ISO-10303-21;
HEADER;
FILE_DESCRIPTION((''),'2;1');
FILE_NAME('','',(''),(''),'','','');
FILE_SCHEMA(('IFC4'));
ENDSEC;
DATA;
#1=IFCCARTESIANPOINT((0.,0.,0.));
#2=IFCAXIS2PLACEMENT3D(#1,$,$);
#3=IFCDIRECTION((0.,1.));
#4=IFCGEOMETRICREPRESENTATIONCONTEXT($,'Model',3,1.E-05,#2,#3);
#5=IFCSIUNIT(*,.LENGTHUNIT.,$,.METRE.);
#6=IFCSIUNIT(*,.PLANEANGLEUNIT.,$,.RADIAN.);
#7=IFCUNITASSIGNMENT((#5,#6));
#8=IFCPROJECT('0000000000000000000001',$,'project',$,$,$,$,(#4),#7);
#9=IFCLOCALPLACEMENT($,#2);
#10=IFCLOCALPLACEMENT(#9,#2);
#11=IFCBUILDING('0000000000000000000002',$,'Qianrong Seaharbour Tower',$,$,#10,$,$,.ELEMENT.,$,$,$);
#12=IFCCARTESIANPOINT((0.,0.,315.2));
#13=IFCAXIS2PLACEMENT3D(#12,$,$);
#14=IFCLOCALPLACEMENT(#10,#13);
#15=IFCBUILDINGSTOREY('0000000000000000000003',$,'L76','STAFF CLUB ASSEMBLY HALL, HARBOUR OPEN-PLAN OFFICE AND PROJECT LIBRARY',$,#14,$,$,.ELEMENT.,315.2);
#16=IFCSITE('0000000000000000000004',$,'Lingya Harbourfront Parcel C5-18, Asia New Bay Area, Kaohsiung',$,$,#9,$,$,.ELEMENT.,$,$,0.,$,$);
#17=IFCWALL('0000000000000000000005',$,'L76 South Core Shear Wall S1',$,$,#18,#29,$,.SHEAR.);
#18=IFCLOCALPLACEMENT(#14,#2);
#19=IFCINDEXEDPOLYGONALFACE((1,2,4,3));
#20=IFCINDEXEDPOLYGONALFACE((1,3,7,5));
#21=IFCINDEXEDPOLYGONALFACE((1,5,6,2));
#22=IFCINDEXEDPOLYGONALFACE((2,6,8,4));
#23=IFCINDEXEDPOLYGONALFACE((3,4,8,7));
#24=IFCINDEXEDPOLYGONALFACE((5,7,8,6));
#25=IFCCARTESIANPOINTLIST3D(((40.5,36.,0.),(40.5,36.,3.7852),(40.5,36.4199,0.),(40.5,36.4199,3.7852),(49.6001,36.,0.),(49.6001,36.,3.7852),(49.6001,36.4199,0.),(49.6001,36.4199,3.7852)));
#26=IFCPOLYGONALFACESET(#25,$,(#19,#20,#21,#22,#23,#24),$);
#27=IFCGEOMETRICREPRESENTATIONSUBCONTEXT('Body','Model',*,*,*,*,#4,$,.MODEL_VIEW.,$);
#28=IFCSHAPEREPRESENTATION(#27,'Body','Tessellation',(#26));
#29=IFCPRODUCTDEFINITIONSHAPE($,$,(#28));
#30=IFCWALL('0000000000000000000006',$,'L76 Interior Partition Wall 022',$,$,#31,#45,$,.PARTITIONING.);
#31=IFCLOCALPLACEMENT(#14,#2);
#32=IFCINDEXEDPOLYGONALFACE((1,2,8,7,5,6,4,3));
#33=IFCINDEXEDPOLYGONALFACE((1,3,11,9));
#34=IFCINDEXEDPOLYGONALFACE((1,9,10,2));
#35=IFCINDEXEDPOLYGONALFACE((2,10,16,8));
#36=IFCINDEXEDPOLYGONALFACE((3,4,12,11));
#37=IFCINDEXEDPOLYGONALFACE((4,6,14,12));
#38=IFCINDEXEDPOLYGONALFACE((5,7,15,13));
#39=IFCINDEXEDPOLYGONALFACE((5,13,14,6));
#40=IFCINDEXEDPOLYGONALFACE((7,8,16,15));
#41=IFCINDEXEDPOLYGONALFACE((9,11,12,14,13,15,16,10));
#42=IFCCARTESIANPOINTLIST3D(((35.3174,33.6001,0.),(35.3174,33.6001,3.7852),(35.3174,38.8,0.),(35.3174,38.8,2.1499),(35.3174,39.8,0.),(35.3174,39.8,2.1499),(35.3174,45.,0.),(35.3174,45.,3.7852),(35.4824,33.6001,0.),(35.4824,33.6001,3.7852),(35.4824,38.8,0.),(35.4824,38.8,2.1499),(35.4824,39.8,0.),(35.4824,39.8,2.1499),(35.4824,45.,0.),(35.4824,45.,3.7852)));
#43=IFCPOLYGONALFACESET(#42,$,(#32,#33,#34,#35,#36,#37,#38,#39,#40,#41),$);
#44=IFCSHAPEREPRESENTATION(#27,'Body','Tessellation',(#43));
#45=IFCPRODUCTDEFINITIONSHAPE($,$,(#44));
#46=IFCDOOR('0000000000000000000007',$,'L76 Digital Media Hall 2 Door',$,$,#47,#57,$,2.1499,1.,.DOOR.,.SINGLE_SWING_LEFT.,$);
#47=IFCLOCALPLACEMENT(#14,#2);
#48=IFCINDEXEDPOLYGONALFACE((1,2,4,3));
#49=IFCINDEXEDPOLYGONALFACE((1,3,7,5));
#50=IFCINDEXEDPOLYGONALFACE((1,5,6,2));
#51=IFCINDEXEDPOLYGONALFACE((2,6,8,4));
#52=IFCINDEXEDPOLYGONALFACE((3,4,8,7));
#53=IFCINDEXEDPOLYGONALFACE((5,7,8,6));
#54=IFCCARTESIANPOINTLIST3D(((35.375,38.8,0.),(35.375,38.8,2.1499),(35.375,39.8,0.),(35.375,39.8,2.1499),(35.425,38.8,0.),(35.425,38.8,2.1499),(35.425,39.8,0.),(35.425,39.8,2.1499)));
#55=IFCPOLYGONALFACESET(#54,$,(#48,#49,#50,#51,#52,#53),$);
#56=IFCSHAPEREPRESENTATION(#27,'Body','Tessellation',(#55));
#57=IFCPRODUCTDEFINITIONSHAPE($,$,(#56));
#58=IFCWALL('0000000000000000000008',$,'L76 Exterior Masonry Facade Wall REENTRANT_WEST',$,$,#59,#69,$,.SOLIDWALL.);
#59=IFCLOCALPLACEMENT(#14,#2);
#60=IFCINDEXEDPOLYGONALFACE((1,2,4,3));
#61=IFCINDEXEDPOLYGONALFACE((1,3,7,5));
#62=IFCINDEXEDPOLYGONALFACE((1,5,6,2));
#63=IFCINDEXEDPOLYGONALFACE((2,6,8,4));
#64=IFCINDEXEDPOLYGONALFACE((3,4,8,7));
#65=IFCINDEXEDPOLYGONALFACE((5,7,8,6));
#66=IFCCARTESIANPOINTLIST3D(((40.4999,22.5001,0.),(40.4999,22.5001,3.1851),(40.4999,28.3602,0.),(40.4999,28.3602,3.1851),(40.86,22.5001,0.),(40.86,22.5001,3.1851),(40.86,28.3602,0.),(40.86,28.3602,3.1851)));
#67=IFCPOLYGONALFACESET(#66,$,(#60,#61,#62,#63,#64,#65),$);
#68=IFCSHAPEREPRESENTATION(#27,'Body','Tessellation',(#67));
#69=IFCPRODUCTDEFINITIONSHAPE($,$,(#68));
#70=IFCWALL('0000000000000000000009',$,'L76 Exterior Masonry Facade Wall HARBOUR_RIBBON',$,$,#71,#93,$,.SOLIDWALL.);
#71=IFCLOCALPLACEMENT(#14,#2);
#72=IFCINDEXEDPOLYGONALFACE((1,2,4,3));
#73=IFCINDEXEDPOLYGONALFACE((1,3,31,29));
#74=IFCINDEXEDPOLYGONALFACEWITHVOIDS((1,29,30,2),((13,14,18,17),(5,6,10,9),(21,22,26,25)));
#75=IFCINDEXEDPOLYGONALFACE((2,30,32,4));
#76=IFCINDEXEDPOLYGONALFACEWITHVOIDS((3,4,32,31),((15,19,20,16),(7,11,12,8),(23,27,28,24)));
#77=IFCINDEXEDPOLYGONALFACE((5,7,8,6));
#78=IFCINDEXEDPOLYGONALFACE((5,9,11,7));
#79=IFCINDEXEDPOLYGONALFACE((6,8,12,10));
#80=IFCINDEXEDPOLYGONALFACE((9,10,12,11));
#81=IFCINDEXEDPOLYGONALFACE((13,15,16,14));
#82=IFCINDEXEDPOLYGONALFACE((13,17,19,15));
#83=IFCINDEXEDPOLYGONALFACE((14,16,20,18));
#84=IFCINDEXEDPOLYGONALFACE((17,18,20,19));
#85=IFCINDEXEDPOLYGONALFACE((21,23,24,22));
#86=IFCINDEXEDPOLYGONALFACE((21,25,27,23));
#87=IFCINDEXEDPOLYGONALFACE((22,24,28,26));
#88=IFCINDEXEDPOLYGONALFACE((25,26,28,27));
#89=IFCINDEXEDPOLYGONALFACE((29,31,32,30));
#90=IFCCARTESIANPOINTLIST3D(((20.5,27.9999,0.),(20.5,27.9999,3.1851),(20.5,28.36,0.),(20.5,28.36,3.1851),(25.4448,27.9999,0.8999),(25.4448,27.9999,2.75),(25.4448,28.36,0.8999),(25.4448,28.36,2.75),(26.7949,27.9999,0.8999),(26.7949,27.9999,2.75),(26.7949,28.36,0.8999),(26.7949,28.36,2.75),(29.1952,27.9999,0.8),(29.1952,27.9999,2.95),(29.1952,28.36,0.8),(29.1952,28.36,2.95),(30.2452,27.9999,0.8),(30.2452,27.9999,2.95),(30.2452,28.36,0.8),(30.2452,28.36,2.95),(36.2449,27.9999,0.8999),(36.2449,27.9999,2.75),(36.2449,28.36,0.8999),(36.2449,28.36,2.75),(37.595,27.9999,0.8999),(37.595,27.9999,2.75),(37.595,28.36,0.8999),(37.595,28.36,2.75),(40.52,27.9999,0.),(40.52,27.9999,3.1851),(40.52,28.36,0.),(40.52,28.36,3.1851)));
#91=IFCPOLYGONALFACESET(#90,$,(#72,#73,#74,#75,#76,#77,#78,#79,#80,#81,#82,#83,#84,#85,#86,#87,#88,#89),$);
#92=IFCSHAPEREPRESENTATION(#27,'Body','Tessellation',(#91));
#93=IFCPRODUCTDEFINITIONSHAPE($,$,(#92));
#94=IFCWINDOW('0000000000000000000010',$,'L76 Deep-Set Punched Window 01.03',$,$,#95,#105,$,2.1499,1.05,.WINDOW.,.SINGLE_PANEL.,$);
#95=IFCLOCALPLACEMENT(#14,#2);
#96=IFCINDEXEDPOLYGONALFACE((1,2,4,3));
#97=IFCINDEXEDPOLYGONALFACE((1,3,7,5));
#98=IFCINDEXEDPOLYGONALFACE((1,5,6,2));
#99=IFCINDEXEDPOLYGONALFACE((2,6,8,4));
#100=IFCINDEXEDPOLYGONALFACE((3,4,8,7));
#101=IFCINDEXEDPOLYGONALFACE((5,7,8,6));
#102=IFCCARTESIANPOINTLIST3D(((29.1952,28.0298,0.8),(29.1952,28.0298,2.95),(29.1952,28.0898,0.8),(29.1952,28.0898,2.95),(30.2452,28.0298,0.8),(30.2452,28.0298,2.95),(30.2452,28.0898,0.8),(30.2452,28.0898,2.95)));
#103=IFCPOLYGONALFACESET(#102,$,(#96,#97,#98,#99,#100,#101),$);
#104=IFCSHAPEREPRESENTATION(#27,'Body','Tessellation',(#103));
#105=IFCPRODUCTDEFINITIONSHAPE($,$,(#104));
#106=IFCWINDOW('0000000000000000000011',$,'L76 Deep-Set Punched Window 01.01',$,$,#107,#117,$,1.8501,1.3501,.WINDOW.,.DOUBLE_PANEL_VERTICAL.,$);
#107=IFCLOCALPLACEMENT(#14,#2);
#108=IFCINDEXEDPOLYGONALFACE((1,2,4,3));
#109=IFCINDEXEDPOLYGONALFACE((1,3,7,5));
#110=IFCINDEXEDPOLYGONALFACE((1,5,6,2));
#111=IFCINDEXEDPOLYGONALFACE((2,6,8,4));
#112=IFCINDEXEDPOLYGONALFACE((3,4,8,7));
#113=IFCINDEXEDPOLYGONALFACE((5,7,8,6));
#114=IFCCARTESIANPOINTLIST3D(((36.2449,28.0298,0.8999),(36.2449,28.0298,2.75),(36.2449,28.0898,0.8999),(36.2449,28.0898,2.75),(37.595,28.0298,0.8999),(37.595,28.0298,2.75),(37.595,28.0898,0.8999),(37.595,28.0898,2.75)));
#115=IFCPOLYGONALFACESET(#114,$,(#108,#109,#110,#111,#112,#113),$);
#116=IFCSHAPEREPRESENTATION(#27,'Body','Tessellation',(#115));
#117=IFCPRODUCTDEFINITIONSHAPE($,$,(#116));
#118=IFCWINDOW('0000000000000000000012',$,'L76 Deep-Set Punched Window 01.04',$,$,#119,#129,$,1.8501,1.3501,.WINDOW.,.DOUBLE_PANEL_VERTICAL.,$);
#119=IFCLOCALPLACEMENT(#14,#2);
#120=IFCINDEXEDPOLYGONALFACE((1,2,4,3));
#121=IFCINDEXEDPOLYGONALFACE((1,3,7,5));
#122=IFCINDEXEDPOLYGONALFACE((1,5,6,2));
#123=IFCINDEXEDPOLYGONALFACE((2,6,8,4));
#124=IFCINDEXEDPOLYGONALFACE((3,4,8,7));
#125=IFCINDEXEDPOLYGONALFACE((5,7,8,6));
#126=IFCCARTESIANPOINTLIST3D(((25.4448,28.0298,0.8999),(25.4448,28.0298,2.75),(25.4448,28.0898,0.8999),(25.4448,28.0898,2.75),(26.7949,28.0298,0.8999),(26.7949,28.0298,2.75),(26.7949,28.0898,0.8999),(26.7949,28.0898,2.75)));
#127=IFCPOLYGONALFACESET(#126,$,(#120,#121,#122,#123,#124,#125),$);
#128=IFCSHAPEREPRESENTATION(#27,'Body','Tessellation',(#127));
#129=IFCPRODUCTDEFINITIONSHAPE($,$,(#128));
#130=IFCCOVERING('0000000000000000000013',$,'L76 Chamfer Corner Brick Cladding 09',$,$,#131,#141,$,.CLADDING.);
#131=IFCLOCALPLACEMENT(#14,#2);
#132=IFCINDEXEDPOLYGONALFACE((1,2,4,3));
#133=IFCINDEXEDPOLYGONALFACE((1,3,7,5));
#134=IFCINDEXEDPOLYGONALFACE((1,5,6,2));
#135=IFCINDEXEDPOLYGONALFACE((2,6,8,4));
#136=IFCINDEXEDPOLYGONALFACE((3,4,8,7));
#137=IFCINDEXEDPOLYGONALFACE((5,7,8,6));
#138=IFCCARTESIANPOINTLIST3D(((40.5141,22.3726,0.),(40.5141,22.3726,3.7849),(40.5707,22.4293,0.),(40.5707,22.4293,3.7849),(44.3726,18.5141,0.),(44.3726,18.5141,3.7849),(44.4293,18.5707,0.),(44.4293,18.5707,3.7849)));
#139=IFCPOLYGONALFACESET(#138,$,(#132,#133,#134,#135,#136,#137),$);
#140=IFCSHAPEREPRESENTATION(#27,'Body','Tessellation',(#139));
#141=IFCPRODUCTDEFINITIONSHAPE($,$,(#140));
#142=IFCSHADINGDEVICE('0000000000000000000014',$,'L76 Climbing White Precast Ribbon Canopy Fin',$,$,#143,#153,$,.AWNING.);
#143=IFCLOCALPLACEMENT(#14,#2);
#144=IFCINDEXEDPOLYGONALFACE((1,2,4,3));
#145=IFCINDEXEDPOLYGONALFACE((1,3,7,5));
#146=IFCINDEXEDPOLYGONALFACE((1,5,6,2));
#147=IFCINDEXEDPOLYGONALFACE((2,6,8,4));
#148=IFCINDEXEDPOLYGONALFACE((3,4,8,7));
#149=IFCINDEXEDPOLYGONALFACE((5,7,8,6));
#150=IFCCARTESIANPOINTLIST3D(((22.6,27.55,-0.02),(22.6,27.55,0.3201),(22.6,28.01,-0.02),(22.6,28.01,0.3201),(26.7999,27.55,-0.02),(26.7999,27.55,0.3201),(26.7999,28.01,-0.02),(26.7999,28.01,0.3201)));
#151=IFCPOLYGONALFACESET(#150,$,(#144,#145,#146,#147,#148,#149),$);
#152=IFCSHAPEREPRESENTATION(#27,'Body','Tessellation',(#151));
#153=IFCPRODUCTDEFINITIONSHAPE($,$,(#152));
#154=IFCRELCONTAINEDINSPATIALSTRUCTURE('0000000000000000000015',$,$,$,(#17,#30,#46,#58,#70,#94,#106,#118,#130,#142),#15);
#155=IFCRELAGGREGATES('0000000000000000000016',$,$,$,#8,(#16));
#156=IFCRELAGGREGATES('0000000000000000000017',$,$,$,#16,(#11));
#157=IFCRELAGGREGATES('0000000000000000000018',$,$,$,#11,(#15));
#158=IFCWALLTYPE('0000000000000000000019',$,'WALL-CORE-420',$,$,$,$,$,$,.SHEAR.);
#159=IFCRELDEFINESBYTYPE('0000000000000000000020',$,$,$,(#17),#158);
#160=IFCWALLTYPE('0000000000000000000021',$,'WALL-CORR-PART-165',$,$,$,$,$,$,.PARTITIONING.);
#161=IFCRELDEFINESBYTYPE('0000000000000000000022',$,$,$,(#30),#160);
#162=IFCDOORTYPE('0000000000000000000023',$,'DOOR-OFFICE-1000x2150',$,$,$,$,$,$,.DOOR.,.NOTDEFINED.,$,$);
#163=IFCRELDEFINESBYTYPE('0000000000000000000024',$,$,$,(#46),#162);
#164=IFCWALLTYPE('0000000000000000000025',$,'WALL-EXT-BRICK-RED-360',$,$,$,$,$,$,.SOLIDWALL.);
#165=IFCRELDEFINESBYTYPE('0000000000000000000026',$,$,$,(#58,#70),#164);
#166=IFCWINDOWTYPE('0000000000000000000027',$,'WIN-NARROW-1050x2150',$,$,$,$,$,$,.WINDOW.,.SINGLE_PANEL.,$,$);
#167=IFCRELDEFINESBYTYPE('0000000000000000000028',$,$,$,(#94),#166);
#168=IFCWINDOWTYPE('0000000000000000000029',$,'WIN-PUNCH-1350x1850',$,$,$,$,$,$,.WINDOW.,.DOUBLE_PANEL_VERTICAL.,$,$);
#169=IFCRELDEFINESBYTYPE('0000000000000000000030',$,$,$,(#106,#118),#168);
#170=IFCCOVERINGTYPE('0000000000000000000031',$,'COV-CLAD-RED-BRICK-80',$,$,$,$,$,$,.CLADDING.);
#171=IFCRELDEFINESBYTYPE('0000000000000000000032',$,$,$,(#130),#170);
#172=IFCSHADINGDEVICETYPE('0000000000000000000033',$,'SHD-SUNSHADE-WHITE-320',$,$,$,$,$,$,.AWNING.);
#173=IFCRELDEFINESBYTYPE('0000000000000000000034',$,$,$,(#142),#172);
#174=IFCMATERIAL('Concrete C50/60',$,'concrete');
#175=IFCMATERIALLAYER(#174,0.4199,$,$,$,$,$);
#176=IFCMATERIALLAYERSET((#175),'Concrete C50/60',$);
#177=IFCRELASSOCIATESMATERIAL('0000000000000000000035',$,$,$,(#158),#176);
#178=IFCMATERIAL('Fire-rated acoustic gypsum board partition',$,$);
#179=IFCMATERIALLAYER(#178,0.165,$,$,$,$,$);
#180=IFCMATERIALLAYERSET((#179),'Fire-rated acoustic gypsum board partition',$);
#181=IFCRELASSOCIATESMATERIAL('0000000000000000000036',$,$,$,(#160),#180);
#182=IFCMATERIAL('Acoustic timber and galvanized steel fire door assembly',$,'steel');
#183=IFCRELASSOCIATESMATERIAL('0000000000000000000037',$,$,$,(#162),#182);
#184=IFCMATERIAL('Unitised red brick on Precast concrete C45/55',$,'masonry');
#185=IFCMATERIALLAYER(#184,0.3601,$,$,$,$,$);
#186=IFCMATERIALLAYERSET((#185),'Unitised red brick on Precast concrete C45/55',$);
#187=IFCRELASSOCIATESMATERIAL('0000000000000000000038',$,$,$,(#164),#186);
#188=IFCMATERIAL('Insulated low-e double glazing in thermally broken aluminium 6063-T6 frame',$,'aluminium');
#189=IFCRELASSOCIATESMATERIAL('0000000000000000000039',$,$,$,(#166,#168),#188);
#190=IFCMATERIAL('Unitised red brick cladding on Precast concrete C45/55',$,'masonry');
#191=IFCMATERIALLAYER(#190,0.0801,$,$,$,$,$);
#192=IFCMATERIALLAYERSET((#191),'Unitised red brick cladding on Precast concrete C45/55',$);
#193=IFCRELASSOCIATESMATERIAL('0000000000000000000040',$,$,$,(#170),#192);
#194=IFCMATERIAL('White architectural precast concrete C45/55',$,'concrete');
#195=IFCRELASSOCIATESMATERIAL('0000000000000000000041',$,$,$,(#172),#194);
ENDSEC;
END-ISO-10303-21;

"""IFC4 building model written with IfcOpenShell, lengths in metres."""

from ifc_helpers import new_model, si_unit, direction, frame, frame_2d, origin, origin_2d, place, context, subcontext, project, spatial, rectangle, extrude, material, layer, layer_set, type_object, element, fill, save


model = new_model("IFC4")

# Units and contexts
model_context = context("Model", 3, precision=1e-05, world=origin(), true_north=direction((0.0, 1.0)))
body_context = subcontext(model_context, "Body", "Model", "MODEL_VIEW")
ifc_project = project(units=[si_unit("LENGTHUNIT", "METRE"), si_unit("PLANEANGLEUNIT", "RADIAN")], contexts=[model_context])

# Site, building, storey
site_placement = place(None, origin())
site = spatial("IfcSite", under=ifc_project, at=site_placement, Name="Lingya Harbourfront Parcel C5-18, Asia New Bay Area, Kaohsiung", CompositionType="ELEMENT", RefElevation=0.0)
building_placement = place(site_placement, origin())
building = spatial("IfcBuilding", under=site, at=building_placement, Name="Qianrong Seaharbour Tower", CompositionType="ELEMENT")
storey_placement = place(building_placement, frame((0.0, 0.0, 315.2)))
storey = spatial("IfcBuildingStorey", under=building, at=storey_placement, Name="L76", Description="STAFF CLUB ASSEMBLY HALL, HARBOUR OPEN-PLAN OFFICE AND PROJECT LIBRARY", CompositionType="ELEMENT", Elevation=315.2)

# Shared definitions
ifc_material_1 = material(Name="Concrete C50/60", Category="concrete")

# Wall
ifc_layer_1 = layer(ifc_material_1, 0.4199)
ifc_layer_set_1 = layer_set([ifc_layer_1], Name="Concrete C50/60")
wall_type_1 = type_object("IfcWallType", Name="WALL-CORE-420", PredefinedType="SHEAR", material=ifc_layer_set_1)
wall_1_placement = place(storey_placement, frame((40.5, 36.21, 0.0), z_axis=(0.0, 0.0, 1.0), x_axis=(1.0, 0.0, 0.0)))
element("IfcWall", 1, at=wall_1_placement, inside=storey, type_object=wall_type_1, Name="L76 South Core Shear Wall S1", PredefinedType="SHEAR", context=body_context, shape_type="SweptSolid", body=[
    extrude(rectangle(XDim=9.1001, YDim=0.4199, at=frame_2d((4.55, 0.0))), origin(), (0.0, 0.0, 1.0), 3.7852),
])

# Wall, opening, door
ifc_material_2 = material(Name="Fire-rated acoustic gypsum board partition")
ifc_layer_2 = layer(ifc_material_2, 0.165)
ifc_layer_set_2 = layer_set([ifc_layer_2], Name="Fire-rated acoustic gypsum board partition")
wall_type_2 = type_object("IfcWallType", Name="WALL-CORR-PART-165", PredefinedType="PARTITIONING", material=ifc_layer_set_2)
wall_2_placement = place(storey_placement, frame((35.3999, 33.6001, 0.0), z_axis=(0.0, 0.0, 1.0), x_axis=(0.0, 1.0, 0.0)))
wall_2 = element("IfcWall", 2, at=wall_2_placement, inside=storey, type_object=wall_type_2, Name="L76 Interior Partition Wall 022", PredefinedType="PARTITIONING", context=body_context, shape_type="SweptSolid", body=[
    extrude(rectangle(XDim=11.3999, YDim=0.165, at=frame_2d((5.7, 0.0))), origin(), (0.0, 0.0, 1.0), 3.7852),
])
opening_1_placement = place(wall_2_placement, frame((5.2, 0.0, 0.0)))
opening_1 = element("IfcOpeningElement", 3, at=opening_1_placement, cuts=wall_2, PredefinedType="OPENING", context=body_context, shape_type="SweptSolid", body=[
    extrude(rectangle(XDim=1.0, YDim=2.1499, at=frame_2d((0.5, 1.075))), frame((0.0, 0.0925, 0.0), z_axis=(0.0, -1.0, 0.0), x_axis=(1.0, 0.0, 0.0)), (0.0, 0.0, 1.0), 0.1851),
])
ifc_material_3 = material(Name="Acoustic timber and galvanized steel fire door assembly", Category="steel")
door_type = type_object("IfcDoorType", Name="DOOR-OFFICE-1000x2150", OperationType="NOTDEFINED", PredefinedType="DOOR", material=ifc_material_3)
door_placement = place(opening_1_placement, origin())
door = element("IfcDoor", 4, at=door_placement, inside=storey, type_object=door_type, Name="L76 Digital Media Hall 2 Door", OperationType="SINGLE_SWING_LEFT", OverallHeight=2.1499, OverallWidth=1.0, PredefinedType="DOOR", context=body_context, shape_type="SweptSolid", body=[
    extrude(rectangle(XDim=1.0, YDim=2.1499, at=frame_2d((0.5, 1.075))), frame((0.0, 0.0249, 0.0), z_axis=(0.0, -1.0, 0.0), x_axis=(1.0, 0.0, 0.0)), (0.0, 0.0, 1.0), 0.05),
])
fill(opening_1, door)

# Wall
ifc_material_4 = material(Name="Unitised red brick on Precast concrete C45/55", Category="masonry")
ifc_layer_3 = layer(ifc_material_4, 0.3601)
ifc_layer_set_3 = layer_set([ifc_layer_3], Name="Unitised red brick on Precast concrete C45/55")
wall_type_3 = type_object("IfcWallType", Name="WALL-EXT-BRICK-RED-360", PredefinedType="SOLIDWALL", material=ifc_layer_set_3)
wall_3_placement = place(storey_placement, frame((40.6799, 22.5, 0.0), z_axis=(0.0, 0.0, 1.0), x_axis=(0.0, 1.0, 0.0)))
element("IfcWall", 5, at=wall_3_placement, inside=storey, type_object=wall_type_3, Name="L76 Exterior Masonry Facade Wall REENTRANT_WEST", PredefinedType="SOLIDWALL", context=body_context, shape_type="SweptSolid", body=[
    extrude(rectangle(XDim=5.8601, YDim=0.3601, at=frame_2d((2.9302, 0.0))), origin(), (0.0, 0.0, 1.0), 3.1851),
])

# Wall, openings, windows
wall_4_placement = place(storey_placement, frame((40.52, 28.1799, 0.0), z_axis=(0.0, 0.0, 1.0), x_axis=(-1.0, 0.0, 0.0)))
wall_4 = element("IfcWall", 6, at=wall_4_placement, inside=storey, type_object=wall_type_3, Name="L76 Exterior Masonry Facade Wall HARBOUR_RIBBON", PredefinedType="SOLIDWALL", context=body_context, shape_type="SweptSolid", body=[
    extrude(rectangle(XDim=20.02, YDim=0.3601, at=frame_2d((10.01, 0.0))), origin(), (0.0, 0.0, 1.0), 3.1851),
])
opening_2_placement = place(wall_4_placement, frame((2.925, 0.0, 0.8999)))
opening_2 = element("IfcOpeningElement", 7, at=opening_2_placement, cuts=wall_4, PredefinedType="OPENING", context=body_context, shape_type="SweptSolid", body=[
    extrude(rectangle(XDim=1.3501, YDim=1.8501, at=frame_2d((0.675, 0.925))), frame((0.0, 0.1899, 0.0), z_axis=(0.0, -1.0, 0.0), x_axis=(1.0, 0.0, 0.0)), (0.0, 0.0, 1.0), 0.3801),
])
opening_3_placement = place(wall_4_placement, frame((10.2749, 0.0, 0.8)))
opening_3 = element("IfcOpeningElement", 8, at=opening_3_placement, cuts=wall_4, PredefinedType="OPENING", context=body_context, shape_type="SweptSolid", body=[
    extrude(rectangle(XDim=1.05, YDim=2.1499, at=frame_2d((0.5249, 1.075))), frame((0.0, 0.1899, 0.0), z_axis=(0.0, -1.0, 0.0), x_axis=(1.0, 0.0, 0.0)), (0.0, 0.0, 1.0), 0.3801),
])
opening_4_placement = place(wall_4_placement, frame((13.7251, 0.0, 0.8999)))
opening_4 = element("IfcOpeningElement", 9, at=opening_4_placement, cuts=wall_4, PredefinedType="OPENING", context=body_context, shape_type="SweptSolid", body=[
    extrude(rectangle(XDim=1.3501, YDim=1.8501, at=frame_2d((0.675, 0.925))), frame((0.0, 0.1899, 0.0), z_axis=(0.0, -1.0, 0.0), x_axis=(1.0, 0.0, 0.0)), (0.0, 0.0, 1.0), 0.3801),
])
ifc_material_5 = material(Name="Insulated low-e double glazing in thermally broken aluminium 6063-T6 frame", Category="aluminium")
window_type_1 = type_object("IfcWindowType", Name="WIN-NARROW-1050x2150", PartitioningType="SINGLE_PANEL", PredefinedType="WINDOW", material=ifc_material_5)
window_1_placement = place(opening_3_placement, origin())
window_1 = element("IfcWindow", 10, at=window_1_placement, inside=storey, type_object=window_type_1, Name="L76 Deep-Set Punched Window 01.03", OverallHeight=2.1499, OverallWidth=1.05, PartitioningType="SINGLE_PANEL", PredefinedType="WINDOW", context=body_context, shape_type="SweptSolid", body=[
    extrude(rectangle(XDim=1.05, YDim=2.1499, at=frame_2d((0.5249, 1.075))), frame((0.0, 0.1501, 0.0), z_axis=(0.0, -1.0, 0.0), x_axis=(1.0, 0.0, 0.0)), (0.0, 0.0, 1.0), 0.0601),
])
fill(opening_3, window_1)
window_type_2 = type_object("IfcWindowType", Name="WIN-PUNCH-1350x1850", PartitioningType="DOUBLE_PANEL_VERTICAL", PredefinedType="WINDOW", material=ifc_material_5)
window_2_placement = place(opening_2_placement, origin())
window_2 = element("IfcWindow", 11, at=window_2_placement, inside=storey, type_object=window_type_2, Name="L76 Deep-Set Punched Window 01.01", OverallHeight=1.8501, OverallWidth=1.3501, PartitioningType="DOUBLE_PANEL_VERTICAL", PredefinedType="WINDOW", context=body_context, shape_type="SweptSolid", body=[
    extrude(rectangle(XDim=1.3501, YDim=1.8501, at=frame_2d((0.675, 0.925))), frame((0.0, 0.1501, 0.0), z_axis=(0.0, -1.0, 0.0), x_axis=(1.0, 0.0, 0.0)), (0.0, 0.0, 1.0), 0.0601),
])
fill(opening_2, window_2)
window_3_placement = place(opening_4_placement, origin())
window_3 = element("IfcWindow", 12, at=window_3_placement, inside=storey, type_object=window_type_2, Name="L76 Deep-Set Punched Window 01.04", OverallHeight=1.8501, OverallWidth=1.3501, PartitioningType="DOUBLE_PANEL_VERTICAL", PredefinedType="WINDOW", context=body_context, shape_type="SweptSolid", body=[
    extrude(rectangle(XDim=1.3501, YDim=1.8501, at=frame_2d((0.675, 0.925))), frame((0.0, 0.1501, 0.0), z_axis=(0.0, -1.0, 0.0), x_axis=(1.0, 0.0, 0.0)), (0.0, 0.0, 1.0), 0.0601),
])
fill(opening_4, window_3)

# Covering
ifc_material_6 = material(Name="Unitised red brick cladding on Precast concrete C45/55", Category="masonry")
ifc_layer_4 = layer(ifc_material_6, 0.0801)
ifc_layer_set_4 = layer_set([ifc_layer_4], Name="Unitised red brick cladding on Precast concrete C45/55")
covering_type = type_object("IfcCoveringType", Name="COV-CLAD-RED-BRICK-80", PredefinedType="CLADDING", material=ifc_layer_set_4)
covering_placement = place(storey_placement, frame((42.4717, 20.4717, 0.0), z_axis=(0.0, 0.0, 1.0), x_axis=(-0.707107, 0.707107, 0.0)))
element("IfcCovering", 13, at=covering_placement, inside=storey, type_object=covering_type, Name="L76 Chamfer Corner Brick Cladding 09", PredefinedType="CLADDING", context=body_context, shape_type="SweptSolid", body=[
    extrude(rectangle(XDim=5.4568, YDim=0.0801, at=origin_2d()), origin(), (0.0, 0.0, 1.0), 3.7849),
])

# Shading device
ifc_material_7 = material(Name="White architectural precast concrete C45/55", Category="concrete")
shading_device_type = type_object("IfcShadingDeviceType", Name="SHD-SUNSHADE-WHITE-320", PredefinedType="AWNING", material=ifc_material_7)
shading_device_placement = place(storey_placement, frame((24.7, 27.78, -0.02), z_axis=(0.0, 0.0, 1.0), x_axis=(1.0, 0.0, 0.0)))
element("IfcShadingDevice", 14, at=shading_device_placement, inside=storey, type_object=shading_device_type, Name="L76 Climbing White Precast Ribbon Canopy Fin", PredefinedType="AWNING", context=body_context, shape_type="SweptSolid", body=[
    extrude(rectangle(XDim=4.2, YDim=0.46, at=origin_2d()), origin(), (0.0, 0.0, 1.0), 0.3401),
])

save(model, "model.ifc")
